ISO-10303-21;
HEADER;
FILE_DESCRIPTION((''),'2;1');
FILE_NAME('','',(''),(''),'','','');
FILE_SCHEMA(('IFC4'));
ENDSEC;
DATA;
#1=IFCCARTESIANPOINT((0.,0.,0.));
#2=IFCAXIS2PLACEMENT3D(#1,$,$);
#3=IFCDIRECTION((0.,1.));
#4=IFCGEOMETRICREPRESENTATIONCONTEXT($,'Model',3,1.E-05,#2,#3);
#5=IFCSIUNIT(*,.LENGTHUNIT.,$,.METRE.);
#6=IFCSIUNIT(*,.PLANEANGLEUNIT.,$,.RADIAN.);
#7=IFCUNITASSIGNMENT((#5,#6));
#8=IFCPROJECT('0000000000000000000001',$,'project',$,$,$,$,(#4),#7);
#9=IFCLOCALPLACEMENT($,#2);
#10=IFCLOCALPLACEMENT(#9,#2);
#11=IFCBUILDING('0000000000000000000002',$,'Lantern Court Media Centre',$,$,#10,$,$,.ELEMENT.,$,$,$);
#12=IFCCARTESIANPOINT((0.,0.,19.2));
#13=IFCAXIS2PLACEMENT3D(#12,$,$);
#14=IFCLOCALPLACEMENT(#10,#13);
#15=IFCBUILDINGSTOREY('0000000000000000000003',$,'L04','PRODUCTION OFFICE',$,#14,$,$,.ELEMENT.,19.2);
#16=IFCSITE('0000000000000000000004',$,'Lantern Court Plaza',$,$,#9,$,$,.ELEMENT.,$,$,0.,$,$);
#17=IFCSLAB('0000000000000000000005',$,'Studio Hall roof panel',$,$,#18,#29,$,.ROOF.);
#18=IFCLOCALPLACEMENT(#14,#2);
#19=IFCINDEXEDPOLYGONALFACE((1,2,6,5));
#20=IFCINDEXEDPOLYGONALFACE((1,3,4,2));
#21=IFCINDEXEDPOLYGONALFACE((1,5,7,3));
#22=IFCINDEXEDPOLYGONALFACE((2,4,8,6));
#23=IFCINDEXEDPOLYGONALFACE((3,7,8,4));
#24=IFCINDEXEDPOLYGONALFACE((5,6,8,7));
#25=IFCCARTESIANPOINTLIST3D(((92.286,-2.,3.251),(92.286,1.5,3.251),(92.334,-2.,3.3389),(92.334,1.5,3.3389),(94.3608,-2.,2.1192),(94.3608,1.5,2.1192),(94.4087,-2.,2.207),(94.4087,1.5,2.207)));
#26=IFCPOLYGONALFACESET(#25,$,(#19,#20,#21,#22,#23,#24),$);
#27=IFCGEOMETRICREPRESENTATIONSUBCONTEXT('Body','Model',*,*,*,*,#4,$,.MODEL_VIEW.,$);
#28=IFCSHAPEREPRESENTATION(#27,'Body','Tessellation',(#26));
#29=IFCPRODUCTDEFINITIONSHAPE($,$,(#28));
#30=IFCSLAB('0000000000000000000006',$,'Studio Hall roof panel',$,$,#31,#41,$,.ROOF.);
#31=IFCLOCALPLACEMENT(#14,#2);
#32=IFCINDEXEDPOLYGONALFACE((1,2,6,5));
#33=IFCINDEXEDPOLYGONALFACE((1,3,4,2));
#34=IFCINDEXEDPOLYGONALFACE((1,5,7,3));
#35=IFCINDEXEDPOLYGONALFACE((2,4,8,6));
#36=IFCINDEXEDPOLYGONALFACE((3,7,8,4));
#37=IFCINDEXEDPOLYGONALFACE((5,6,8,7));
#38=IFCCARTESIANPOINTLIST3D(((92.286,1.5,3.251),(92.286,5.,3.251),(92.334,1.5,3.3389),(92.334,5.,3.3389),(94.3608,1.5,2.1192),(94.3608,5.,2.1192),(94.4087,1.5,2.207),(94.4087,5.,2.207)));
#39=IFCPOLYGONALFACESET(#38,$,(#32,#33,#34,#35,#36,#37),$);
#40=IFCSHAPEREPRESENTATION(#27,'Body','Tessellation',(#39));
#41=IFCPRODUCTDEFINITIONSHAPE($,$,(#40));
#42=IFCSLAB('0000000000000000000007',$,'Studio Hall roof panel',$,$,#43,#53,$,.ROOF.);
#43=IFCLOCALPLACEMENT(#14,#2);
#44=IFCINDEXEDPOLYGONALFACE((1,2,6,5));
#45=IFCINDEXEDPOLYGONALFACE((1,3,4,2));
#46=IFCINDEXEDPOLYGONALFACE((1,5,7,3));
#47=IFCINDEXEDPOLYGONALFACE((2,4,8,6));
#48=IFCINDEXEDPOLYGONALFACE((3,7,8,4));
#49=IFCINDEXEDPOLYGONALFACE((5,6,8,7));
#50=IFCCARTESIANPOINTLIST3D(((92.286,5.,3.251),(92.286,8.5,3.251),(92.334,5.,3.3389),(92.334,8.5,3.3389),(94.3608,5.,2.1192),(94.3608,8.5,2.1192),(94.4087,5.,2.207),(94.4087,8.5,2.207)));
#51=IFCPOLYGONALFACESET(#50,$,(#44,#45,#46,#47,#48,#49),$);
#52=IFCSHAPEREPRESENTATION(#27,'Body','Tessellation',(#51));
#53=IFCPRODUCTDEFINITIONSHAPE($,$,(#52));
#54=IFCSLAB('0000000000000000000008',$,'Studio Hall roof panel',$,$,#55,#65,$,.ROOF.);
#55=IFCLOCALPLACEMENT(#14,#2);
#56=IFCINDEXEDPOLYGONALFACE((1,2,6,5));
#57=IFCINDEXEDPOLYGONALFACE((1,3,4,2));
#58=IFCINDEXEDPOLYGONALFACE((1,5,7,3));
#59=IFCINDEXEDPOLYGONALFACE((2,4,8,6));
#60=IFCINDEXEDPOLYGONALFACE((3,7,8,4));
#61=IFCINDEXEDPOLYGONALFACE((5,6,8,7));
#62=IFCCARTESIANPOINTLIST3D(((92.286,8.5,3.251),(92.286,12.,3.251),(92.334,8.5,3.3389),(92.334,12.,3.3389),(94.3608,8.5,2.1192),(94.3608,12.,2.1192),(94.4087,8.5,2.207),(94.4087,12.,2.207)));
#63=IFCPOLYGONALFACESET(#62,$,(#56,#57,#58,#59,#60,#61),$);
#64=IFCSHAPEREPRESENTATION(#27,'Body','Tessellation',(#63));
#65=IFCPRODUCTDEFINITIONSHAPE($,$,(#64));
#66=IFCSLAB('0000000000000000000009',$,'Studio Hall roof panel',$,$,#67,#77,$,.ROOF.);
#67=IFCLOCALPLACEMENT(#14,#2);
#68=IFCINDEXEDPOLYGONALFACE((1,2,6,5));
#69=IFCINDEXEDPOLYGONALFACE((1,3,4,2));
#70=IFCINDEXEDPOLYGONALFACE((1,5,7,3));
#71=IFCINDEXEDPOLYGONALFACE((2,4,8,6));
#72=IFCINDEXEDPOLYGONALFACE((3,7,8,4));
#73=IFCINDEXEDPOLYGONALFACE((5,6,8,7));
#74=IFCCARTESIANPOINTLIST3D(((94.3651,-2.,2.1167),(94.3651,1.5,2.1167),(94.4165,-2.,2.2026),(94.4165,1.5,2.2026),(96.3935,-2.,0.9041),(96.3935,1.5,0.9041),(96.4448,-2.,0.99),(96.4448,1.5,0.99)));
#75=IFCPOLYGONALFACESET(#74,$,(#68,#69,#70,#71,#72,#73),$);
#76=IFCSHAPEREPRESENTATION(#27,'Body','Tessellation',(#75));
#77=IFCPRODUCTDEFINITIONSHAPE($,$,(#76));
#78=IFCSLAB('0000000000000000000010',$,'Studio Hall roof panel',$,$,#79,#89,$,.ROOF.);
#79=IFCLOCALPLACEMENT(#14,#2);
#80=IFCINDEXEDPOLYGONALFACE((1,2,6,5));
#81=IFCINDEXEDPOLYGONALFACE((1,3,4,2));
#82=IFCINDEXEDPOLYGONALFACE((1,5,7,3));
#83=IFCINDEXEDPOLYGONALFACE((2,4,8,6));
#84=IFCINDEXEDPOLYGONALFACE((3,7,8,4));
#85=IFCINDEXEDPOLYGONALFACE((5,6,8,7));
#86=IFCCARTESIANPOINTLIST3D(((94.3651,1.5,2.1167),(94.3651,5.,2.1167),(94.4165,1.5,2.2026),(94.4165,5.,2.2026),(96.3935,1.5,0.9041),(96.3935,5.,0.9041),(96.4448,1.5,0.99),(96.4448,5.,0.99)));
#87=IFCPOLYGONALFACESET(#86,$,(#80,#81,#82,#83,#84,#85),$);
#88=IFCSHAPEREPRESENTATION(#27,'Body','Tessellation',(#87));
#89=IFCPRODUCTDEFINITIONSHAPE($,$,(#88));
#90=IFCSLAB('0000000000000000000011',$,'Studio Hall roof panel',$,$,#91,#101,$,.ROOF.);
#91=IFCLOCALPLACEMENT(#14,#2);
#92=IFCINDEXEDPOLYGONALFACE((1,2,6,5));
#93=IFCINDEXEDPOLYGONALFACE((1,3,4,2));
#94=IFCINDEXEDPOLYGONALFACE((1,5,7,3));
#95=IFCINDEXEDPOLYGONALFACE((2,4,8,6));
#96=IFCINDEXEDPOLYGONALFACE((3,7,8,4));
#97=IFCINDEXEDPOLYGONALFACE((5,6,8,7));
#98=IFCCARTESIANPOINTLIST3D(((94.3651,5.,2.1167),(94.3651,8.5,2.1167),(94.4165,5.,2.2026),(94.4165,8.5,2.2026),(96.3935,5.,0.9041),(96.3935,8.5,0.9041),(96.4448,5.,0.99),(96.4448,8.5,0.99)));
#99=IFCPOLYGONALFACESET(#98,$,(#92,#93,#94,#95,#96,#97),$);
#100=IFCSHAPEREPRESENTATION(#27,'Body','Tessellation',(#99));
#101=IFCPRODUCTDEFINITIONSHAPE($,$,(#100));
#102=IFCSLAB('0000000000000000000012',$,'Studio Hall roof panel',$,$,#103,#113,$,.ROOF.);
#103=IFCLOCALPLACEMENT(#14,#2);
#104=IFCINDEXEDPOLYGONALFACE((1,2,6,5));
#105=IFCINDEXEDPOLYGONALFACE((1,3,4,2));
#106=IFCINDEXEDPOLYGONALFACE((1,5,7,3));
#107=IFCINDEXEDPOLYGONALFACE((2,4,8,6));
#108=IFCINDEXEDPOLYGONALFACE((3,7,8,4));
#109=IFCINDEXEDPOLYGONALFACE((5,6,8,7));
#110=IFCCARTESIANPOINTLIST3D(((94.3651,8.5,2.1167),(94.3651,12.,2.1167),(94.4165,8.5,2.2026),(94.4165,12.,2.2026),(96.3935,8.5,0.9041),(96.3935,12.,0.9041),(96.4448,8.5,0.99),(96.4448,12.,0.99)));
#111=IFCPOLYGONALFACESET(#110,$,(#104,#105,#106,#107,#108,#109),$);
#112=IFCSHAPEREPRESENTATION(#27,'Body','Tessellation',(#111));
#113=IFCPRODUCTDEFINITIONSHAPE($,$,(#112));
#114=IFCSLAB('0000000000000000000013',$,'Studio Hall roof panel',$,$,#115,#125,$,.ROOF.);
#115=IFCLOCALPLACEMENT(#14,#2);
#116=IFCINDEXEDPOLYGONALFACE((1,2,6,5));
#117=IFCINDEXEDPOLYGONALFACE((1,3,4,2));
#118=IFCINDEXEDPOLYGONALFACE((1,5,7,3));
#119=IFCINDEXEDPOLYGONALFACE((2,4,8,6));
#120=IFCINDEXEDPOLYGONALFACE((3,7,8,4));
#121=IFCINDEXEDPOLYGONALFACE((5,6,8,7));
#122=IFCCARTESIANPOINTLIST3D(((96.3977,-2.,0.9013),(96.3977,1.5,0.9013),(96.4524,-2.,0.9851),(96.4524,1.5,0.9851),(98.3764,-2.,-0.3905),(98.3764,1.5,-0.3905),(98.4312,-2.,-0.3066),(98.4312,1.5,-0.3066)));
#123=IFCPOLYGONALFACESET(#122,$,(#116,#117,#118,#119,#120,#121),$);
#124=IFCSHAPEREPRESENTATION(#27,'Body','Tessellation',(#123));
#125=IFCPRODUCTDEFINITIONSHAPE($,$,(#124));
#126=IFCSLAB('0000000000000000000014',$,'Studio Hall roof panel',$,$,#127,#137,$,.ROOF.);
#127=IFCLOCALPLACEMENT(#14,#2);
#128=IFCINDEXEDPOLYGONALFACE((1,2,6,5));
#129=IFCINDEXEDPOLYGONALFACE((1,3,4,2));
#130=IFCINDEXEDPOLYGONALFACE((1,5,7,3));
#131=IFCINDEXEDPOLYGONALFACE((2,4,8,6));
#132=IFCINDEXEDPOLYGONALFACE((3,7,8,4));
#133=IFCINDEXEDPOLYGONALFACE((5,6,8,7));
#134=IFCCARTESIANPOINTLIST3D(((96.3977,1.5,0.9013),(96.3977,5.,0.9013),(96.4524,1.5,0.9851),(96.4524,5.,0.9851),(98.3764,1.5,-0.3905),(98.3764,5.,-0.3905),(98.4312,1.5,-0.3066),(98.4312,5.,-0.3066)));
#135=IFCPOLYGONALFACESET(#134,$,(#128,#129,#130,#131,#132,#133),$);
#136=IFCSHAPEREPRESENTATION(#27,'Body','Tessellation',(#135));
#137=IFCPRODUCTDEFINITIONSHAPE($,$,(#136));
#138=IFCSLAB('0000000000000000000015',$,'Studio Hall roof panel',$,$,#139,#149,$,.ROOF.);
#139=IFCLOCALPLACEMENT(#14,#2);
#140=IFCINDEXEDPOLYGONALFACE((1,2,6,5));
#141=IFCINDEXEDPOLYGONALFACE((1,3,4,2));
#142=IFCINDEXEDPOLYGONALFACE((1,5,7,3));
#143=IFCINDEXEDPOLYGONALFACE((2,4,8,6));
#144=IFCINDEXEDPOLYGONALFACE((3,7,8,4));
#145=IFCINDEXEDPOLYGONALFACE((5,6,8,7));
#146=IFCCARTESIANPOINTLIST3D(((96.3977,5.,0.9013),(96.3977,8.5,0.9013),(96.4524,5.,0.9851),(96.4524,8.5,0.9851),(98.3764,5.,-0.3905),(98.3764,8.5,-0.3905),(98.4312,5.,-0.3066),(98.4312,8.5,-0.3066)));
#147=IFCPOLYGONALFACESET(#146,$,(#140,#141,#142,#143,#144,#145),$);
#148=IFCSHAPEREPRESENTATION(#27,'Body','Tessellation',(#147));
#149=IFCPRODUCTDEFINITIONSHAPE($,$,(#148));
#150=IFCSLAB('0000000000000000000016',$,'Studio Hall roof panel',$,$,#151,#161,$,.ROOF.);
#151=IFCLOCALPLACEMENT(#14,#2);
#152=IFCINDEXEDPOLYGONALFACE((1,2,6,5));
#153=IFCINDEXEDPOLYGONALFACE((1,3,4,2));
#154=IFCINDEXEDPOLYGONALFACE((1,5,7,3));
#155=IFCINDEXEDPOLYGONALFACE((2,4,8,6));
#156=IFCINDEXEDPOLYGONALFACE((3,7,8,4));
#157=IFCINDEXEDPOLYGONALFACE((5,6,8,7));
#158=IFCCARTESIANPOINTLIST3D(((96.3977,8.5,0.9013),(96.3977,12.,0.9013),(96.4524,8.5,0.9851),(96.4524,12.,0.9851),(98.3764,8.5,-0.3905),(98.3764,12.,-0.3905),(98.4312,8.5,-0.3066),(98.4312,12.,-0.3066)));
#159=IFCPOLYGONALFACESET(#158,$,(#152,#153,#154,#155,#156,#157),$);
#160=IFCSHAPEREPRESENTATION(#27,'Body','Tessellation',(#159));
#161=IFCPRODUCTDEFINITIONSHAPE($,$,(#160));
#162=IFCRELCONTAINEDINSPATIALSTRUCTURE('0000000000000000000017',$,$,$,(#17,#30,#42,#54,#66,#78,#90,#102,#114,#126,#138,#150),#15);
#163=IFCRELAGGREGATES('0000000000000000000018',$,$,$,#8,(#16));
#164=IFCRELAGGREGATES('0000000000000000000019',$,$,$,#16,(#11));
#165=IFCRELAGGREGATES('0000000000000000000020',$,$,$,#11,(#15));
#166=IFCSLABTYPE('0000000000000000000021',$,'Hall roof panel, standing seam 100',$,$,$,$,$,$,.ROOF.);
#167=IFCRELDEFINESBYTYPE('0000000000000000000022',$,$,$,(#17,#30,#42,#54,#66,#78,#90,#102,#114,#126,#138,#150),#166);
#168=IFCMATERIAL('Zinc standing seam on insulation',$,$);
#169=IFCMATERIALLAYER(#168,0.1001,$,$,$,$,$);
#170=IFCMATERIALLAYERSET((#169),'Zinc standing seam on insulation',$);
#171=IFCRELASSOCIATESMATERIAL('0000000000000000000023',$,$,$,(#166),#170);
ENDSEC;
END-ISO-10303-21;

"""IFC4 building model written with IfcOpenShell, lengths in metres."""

from ifc_helpers import new_model, si_unit, direction, frame, origin, place, context, subcontext, project, spatial, polyline, outline, extrude, material, layer, layer_set, type_object, element, save


model = new_model("IFC4")

# Units and contexts
model_context = context("Model", 3, precision=1e-05, world=origin(), true_north=direction((0.0, 1.0)))
body_context = subcontext(model_context, "Body", "Model", "MODEL_VIEW")
ifc_project = project(units=[si_unit("LENGTHUNIT", "METRE"), si_unit("PLANEANGLEUNIT", "RADIAN")], contexts=[model_context])

# Site, building, storey
site_placement = place(None, origin())
site = spatial("IfcSite", under=ifc_project, at=site_placement, Name="Lantern Court Plaza", CompositionType="ELEMENT", RefElevation=0.0)
building_placement = place(site_placement, origin())
building = spatial("IfcBuilding", under=site, at=building_placement, Name="Lantern Court Media Centre", CompositionType="ELEMENT")
storey_placement = place(building_placement, frame((0.0, 0.0, 19.2)))
storey = spatial("IfcBuildingStorey", under=building, at=storey_placement, Name="L04", Description="PRODUCTION OFFICE", CompositionType="ELEMENT", Elevation=19.2)

# Slabs
ifc_material = material(Name="Zinc standing seam on insulation")
ifc_layer = layer(ifc_material, 0.1001)
ifc_layer_set = layer_set([ifc_layer], Name="Zinc standing seam on insulation")
slab_type = type_object("IfcSlabType", Name="Hall roof panel, standing seam 100", PredefinedType="ROOF", material=ifc_layer_set)
for number, where, z_axis, x_axis, name in (
    (1, (92.334, -2.0, 3.3389), (0.47891, 0.0, 0.877864), (0.877864, 0.0, -0.47891), "Studio Hall roof panel"),
    (2, (92.334, 1.5, 3.3389), (0.47891, 0.0, 0.877864), (0.877864, 0.0, -0.47891), "Studio Hall roof panel"),
    (3, (92.334, 5.0, 3.3389), (0.47891, 0.0, 0.877864), (0.877864, 0.0, -0.47891), "Studio Hall roof panel"),
    (4, (92.334, 8.5, 3.3389), (0.47891, 0.0, 0.877864), (0.877864, 0.0, -0.47891), "Studio Hall roof panel"),
):
    element("IfcSlab", number, at=place(storey_placement, frame(where, z_axis=z_axis, x_axis=x_axis)), inside=storey, type_object=slab_type, Name=name, PredefinedType="ROOF", context=body_context, shape_type="SweptSolid", body=[
        extrude(outline(polyline([(0.0, 0.0), (2.3634, 0.0), (2.3634, 3.5), (0.0, 3.5), (0.0, 0.0)])), origin(), (0.0, 0.0, -1.0), 0.1001),
    ])
for number, where, z_axis, x_axis, name in (
    (5, (94.4165, -2.0, 2.2026), (0.513143, 0.0, 0.858303), (0.858303, 0.0, -0.513143), "Studio Hall roof panel"),
    (6, (94.4165, 1.5, 2.2026), (0.513143, 0.0, 0.858303), (0.858303, 0.0, -0.513143), "Studio Hall roof panel"),
    (7, (94.4165, 5.0, 2.2026), (0.513143, 0.0, 0.858303), (0.858303, 0.0, -0.513143), "Studio Hall roof panel"),
    (8, (94.4165, 8.5, 2.2026), (0.513143, 0.0, 0.858303), (0.858303, 0.0, -0.513143), "Studio Hall roof panel"),
):
    element("IfcSlab", number, at=place(storey_placement, frame(where, z_axis=z_axis, x_axis=x_axis)), inside=storey, type_object=slab_type, Name=name, PredefinedType="ROOF", context=body_context, shape_type="SweptSolid", body=[
        extrude(outline(polyline([(0.0, 0.0), (2.3632, 0.0), (2.3632, 3.5), (0.0, 3.5), (0.0, 0.0)])), origin(), (0.0, 0.0, -1.0), 0.1001),
    ])
for number, where, z_axis, x_axis, name in (
    (9, (96.4524, -2.0, 0.9851), (0.54664, 0.0, 0.837368), (0.837368, 0.0, -0.54664), "Studio Hall roof panel"),
    (10, (96.4524, 1.5, 0.9851), (0.54664, 0.0, 0.837368), (0.837368, 0.0, -0.54664), "Studio Hall roof panel"),
    (11, (96.4524, 5.0, 0.9851), (0.54664, 0.0, 0.837368), (0.837368, 0.0, -0.54664), "Studio Hall roof panel"),
    (12, (96.4524, 8.5, 0.9851), (0.54664, 0.0, 0.837368), (0.837368, 0.0, -0.54664), "Studio Hall roof panel"),
):
    element("IfcSlab", number, at=place(storey_placement, frame(where, z_axis=z_axis, x_axis=x_axis)), inside=storey, type_object=slab_type, Name=name, PredefinedType="ROOF", context=body_context, shape_type="SweptSolid", body=[
        extrude(outline(polyline([(0.0, 0.0), (2.3631, 0.0), (2.3631, 3.5), (0.0, 3.5), (0.0, 0.0)])), origin(), (0.0, 0.0, -1.0), 0.1001),
    ])

save(model, "model.ifc")
